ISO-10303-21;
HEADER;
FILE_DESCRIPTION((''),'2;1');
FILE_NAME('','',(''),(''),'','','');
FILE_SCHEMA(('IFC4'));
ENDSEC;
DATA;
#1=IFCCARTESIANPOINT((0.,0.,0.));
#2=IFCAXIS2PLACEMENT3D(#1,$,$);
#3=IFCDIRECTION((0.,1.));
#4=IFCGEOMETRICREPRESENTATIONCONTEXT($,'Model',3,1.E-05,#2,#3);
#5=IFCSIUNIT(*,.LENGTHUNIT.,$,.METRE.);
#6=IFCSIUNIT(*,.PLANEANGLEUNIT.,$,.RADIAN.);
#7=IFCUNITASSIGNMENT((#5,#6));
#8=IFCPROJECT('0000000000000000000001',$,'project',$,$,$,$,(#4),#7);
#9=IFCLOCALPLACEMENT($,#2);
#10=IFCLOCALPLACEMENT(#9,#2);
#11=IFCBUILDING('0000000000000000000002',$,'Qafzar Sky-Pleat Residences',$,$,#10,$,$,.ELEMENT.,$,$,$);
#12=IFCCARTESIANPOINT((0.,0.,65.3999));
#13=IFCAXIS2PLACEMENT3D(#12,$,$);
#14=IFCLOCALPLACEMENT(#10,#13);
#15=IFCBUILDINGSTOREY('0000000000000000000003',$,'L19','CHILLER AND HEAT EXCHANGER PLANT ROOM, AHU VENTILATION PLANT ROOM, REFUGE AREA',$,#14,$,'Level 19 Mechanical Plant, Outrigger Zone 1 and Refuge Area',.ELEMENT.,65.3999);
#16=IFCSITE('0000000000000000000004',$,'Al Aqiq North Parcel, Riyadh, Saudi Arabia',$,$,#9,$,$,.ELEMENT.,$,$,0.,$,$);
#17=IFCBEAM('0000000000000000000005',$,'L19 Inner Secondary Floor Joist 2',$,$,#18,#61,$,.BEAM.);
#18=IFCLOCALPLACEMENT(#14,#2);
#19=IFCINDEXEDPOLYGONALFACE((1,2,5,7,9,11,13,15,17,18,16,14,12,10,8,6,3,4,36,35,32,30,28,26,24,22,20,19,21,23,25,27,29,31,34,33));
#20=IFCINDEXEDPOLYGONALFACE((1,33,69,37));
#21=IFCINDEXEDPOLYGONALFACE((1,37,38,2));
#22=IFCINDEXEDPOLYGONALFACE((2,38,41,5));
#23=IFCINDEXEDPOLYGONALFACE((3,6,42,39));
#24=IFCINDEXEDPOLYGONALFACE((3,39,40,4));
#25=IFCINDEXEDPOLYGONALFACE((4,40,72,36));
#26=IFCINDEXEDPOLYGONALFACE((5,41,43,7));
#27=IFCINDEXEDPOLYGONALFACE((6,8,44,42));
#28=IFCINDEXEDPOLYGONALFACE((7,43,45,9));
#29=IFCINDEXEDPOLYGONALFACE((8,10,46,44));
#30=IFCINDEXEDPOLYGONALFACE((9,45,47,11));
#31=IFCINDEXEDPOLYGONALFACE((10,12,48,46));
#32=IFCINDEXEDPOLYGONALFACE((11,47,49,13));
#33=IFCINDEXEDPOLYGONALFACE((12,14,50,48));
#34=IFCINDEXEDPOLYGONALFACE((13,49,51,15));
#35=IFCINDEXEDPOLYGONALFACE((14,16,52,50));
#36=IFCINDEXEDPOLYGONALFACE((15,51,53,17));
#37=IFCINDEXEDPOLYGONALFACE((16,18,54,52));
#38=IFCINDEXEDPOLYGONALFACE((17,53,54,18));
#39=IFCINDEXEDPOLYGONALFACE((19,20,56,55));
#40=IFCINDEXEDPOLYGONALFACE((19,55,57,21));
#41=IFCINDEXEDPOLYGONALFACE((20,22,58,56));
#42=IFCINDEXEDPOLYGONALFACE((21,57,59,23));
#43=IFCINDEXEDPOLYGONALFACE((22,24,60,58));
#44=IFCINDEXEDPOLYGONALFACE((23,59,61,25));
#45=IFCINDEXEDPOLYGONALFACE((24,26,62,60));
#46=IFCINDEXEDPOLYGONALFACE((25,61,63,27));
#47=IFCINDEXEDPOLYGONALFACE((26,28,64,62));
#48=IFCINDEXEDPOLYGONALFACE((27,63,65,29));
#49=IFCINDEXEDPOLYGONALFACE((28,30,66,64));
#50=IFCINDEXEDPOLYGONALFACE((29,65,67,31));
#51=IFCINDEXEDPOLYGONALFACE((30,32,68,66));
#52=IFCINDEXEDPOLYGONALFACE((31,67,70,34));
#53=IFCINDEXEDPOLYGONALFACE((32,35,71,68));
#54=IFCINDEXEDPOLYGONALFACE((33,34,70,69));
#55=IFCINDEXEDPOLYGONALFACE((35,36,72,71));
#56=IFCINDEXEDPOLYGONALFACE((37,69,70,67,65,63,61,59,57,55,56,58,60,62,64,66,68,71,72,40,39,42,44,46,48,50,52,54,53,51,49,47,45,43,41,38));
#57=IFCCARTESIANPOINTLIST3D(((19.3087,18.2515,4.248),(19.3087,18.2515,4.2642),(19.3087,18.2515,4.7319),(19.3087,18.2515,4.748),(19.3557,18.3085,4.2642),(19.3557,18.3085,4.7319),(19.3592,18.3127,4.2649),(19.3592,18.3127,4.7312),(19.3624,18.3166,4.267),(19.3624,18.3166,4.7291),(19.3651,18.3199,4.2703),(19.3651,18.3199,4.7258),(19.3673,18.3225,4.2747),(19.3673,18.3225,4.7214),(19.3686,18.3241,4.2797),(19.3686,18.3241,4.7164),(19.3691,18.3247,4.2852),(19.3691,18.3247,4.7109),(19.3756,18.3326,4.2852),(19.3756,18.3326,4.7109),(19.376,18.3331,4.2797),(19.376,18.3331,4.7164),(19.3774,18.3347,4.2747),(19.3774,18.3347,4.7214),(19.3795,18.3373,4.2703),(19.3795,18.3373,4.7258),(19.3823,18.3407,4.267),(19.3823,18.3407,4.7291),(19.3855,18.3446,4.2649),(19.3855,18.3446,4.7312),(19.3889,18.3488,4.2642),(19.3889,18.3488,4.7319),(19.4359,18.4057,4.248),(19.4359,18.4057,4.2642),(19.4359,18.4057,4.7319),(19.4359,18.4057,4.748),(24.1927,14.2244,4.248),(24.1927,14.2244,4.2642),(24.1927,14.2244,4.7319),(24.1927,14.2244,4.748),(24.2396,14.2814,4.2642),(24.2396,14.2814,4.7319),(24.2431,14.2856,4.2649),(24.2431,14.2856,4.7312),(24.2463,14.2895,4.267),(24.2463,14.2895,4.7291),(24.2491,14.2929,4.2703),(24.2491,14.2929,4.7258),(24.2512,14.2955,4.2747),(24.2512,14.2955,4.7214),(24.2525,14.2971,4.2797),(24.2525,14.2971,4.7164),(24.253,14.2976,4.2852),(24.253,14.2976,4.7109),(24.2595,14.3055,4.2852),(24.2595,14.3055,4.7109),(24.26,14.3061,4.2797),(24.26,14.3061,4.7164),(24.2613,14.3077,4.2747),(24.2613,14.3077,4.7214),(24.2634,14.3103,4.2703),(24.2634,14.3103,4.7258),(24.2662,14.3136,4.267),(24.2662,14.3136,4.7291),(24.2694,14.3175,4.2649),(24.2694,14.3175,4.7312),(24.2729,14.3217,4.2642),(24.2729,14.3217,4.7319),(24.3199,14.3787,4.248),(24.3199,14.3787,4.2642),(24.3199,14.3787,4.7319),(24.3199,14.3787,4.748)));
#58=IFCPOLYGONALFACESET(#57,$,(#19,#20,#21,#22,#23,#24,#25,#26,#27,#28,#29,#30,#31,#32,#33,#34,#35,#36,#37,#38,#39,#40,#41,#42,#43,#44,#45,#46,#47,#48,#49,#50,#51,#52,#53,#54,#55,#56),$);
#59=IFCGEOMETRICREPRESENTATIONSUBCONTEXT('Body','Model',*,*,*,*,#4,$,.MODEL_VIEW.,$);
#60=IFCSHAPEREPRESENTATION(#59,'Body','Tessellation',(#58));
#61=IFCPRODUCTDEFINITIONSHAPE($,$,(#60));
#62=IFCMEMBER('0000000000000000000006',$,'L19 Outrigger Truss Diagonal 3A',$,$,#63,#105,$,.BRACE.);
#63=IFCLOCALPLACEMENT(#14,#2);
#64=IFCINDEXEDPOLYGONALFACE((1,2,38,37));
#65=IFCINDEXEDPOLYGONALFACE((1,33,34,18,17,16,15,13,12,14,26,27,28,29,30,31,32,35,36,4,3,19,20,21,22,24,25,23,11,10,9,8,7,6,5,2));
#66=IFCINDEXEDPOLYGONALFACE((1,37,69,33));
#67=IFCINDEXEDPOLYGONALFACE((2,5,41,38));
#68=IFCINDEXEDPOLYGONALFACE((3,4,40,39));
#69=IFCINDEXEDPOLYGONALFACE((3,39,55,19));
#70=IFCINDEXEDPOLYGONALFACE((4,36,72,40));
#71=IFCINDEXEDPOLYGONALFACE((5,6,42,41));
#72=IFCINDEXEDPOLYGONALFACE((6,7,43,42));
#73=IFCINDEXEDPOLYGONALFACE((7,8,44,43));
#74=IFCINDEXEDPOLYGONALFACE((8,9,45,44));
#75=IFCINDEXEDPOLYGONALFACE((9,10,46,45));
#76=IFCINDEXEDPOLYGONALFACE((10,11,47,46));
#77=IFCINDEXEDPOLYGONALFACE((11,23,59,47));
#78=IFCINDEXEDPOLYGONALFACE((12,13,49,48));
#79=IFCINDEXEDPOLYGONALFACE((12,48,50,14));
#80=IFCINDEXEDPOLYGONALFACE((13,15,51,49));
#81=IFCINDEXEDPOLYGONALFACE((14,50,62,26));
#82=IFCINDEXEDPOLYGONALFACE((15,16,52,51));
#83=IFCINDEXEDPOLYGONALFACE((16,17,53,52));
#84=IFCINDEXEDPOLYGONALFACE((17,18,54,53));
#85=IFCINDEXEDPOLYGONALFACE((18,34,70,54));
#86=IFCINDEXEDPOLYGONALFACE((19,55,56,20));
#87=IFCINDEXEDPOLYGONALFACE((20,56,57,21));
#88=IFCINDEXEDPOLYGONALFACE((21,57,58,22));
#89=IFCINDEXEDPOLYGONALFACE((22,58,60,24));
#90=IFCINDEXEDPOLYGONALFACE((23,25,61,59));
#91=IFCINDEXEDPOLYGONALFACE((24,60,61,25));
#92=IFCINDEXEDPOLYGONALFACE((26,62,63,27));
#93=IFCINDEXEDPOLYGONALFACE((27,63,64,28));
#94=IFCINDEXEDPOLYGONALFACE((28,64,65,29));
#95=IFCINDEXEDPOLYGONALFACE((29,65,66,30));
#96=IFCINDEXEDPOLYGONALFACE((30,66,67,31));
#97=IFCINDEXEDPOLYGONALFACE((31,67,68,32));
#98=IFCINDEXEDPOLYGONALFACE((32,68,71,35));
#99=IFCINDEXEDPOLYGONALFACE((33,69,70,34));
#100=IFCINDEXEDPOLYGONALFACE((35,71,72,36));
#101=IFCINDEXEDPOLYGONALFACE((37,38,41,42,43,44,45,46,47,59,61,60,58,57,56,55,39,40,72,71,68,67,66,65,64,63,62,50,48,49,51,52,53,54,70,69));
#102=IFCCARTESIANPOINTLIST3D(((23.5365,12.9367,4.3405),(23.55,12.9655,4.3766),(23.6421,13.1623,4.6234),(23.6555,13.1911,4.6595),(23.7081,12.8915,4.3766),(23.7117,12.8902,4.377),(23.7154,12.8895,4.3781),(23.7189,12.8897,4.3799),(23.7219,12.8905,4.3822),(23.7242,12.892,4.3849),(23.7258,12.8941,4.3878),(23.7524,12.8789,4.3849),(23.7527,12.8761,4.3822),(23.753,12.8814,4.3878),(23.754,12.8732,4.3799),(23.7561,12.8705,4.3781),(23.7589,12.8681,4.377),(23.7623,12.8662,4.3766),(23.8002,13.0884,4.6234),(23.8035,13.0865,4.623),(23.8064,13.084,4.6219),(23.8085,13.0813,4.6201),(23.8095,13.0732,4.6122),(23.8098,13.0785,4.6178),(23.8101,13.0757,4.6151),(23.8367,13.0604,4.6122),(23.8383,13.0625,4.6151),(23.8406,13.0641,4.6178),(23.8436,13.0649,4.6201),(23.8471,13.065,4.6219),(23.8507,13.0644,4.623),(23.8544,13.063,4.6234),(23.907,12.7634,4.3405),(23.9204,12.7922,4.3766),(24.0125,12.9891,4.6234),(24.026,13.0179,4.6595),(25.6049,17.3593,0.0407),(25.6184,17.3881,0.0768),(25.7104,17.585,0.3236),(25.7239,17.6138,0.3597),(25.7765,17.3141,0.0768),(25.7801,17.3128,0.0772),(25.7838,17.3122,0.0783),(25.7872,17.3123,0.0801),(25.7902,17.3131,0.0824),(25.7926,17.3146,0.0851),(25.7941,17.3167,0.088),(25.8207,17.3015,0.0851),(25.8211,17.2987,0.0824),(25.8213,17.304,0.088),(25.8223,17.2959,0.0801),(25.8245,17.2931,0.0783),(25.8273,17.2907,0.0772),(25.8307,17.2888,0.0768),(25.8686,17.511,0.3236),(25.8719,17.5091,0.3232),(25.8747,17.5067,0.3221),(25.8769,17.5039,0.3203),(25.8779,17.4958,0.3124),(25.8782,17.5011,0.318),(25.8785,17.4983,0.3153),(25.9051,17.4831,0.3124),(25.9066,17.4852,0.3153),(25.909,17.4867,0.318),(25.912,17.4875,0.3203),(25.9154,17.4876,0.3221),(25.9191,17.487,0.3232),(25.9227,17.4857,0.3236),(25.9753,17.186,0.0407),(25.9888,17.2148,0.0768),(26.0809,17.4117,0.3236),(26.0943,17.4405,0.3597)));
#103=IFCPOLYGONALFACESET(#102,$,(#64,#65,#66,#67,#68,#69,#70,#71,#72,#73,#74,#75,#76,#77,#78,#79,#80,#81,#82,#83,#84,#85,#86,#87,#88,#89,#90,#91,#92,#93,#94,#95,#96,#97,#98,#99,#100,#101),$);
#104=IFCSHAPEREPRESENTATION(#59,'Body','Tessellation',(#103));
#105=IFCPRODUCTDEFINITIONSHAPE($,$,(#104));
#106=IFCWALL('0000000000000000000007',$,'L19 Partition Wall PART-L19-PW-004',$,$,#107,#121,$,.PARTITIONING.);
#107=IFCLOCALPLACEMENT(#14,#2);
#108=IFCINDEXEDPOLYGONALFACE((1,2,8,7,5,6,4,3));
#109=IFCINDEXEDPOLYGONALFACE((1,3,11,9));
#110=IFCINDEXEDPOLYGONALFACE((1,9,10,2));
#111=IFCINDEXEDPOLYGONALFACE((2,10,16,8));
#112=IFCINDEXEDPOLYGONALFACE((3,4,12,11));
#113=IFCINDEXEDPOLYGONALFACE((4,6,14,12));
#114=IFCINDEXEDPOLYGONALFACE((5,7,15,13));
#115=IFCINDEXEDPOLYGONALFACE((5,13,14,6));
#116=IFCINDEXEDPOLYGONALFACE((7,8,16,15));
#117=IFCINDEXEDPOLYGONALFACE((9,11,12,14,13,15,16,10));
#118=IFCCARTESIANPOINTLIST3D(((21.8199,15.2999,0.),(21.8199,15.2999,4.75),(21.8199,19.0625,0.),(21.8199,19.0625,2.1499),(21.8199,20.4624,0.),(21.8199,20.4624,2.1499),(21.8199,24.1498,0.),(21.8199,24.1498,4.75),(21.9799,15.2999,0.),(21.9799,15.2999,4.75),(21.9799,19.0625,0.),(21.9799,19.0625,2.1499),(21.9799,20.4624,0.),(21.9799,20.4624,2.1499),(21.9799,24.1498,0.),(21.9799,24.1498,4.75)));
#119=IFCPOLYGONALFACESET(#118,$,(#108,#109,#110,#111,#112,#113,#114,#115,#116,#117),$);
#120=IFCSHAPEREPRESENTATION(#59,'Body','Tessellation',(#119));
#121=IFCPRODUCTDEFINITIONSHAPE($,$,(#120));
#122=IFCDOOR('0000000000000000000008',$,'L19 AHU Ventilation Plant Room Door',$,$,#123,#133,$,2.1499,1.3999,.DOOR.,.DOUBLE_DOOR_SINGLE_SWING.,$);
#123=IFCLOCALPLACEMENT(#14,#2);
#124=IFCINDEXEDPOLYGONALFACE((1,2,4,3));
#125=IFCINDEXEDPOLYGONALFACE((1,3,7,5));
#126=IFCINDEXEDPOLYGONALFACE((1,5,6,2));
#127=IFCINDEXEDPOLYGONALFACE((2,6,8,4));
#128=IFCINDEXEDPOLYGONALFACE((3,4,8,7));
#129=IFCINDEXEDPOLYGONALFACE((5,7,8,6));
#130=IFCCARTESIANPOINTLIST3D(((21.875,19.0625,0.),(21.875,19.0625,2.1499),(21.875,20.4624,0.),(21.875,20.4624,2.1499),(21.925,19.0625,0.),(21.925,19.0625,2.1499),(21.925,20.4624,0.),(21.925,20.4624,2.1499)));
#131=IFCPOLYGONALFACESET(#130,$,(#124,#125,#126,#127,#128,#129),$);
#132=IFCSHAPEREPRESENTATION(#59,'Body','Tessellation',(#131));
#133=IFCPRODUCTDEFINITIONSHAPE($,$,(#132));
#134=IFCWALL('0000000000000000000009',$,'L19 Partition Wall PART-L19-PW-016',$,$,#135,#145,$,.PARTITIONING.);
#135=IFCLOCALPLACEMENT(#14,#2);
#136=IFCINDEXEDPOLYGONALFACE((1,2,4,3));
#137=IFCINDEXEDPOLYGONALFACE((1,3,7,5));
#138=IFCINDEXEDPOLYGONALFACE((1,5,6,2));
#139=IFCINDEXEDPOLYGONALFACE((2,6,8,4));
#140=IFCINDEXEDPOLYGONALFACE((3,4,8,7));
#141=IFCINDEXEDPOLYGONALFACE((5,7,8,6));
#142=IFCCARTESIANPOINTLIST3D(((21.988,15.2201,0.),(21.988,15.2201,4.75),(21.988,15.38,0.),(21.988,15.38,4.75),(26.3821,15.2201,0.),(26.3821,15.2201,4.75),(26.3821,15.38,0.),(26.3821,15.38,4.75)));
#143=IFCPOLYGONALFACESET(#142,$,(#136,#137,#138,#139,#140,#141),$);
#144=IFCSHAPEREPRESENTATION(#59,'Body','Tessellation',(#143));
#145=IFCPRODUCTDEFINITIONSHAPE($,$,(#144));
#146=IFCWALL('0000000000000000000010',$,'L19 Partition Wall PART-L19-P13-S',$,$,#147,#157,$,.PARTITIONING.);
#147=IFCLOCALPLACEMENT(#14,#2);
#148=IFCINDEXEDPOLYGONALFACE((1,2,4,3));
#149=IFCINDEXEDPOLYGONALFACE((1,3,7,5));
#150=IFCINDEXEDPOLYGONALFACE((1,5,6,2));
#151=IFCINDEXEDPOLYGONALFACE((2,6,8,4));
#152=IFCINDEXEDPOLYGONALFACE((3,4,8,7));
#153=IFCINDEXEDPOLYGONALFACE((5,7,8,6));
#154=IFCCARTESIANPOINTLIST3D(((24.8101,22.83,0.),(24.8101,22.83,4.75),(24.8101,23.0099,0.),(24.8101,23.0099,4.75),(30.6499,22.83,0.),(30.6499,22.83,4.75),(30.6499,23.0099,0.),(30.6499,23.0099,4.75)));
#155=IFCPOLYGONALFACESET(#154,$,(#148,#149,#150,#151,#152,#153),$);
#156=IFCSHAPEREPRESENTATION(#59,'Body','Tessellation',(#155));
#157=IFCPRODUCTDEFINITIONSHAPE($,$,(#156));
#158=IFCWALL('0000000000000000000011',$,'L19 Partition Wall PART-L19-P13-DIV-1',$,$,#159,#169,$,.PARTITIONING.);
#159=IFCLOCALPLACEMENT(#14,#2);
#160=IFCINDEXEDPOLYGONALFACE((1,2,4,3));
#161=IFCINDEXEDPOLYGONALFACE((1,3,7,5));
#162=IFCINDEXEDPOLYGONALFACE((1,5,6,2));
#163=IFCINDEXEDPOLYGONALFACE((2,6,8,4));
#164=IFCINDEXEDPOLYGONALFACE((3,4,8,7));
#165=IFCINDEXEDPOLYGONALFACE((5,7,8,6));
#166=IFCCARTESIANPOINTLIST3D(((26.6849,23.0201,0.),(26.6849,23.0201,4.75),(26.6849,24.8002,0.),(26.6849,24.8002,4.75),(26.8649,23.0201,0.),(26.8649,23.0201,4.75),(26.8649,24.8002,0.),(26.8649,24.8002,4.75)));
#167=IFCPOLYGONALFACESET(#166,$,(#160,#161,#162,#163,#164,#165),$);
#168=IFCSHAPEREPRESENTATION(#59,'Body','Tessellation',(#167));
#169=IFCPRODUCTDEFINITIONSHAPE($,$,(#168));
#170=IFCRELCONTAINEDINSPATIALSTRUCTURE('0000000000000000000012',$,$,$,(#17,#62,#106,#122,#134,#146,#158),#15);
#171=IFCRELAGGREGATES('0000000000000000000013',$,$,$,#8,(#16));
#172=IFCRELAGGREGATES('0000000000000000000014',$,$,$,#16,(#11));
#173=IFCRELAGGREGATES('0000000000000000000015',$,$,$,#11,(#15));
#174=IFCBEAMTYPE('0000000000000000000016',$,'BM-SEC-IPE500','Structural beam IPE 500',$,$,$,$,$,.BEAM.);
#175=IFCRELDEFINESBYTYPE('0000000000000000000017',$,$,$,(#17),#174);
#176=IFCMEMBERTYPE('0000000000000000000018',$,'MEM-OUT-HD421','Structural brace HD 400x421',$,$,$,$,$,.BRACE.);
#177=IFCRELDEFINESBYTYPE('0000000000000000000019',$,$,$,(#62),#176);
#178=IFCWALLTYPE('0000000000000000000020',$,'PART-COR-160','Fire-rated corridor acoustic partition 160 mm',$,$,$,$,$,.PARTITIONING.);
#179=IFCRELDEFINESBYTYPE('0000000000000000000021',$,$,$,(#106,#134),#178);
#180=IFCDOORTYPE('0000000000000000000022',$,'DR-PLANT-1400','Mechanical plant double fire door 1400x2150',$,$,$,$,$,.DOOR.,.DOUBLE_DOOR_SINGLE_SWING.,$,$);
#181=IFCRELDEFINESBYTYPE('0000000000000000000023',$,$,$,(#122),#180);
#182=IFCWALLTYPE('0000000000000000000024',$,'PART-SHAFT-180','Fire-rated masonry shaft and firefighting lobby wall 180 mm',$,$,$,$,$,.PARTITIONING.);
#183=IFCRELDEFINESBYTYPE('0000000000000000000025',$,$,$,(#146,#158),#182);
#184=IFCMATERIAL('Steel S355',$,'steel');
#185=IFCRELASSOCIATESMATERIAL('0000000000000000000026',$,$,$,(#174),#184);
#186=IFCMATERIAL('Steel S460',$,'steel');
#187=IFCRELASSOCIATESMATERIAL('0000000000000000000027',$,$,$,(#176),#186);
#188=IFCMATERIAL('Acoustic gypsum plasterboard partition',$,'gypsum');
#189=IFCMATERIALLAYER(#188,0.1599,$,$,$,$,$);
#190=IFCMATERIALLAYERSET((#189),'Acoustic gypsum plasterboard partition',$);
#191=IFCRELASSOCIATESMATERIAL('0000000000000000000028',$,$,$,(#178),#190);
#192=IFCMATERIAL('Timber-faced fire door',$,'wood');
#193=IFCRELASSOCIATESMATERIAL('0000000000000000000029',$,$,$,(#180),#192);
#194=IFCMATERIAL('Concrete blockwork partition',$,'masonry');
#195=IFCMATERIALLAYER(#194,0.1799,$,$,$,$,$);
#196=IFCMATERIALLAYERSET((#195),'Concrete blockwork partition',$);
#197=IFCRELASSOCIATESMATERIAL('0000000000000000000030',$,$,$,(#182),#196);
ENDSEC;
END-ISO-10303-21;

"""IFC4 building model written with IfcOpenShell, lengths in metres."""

from ifc_helpers import new_model, si_unit, direction, frame, frame_2d, origin, origin_2d, place, context, subcontext, project, spatial, rectangle, i_section, extrude, source, transform, mapped, material, layer, layer_set, material_profile, profile_set, type_object, element, fill, save


model = new_model("IFC4")

# Units and contexts
model_context = context("Model", 3, precision=1e-05, world=origin(), true_north=direction((0.0, 1.0)))
body_context = subcontext(model_context, "Body", "Model", "MODEL_VIEW")
ifc_project = project(units=[si_unit("LENGTHUNIT", "METRE"), si_unit("PLANEANGLEUNIT", "RADIAN")], contexts=[model_context])

# Site, building, storey
site_placement = place(None, origin())
site = spatial("IfcSite", under=ifc_project, at=site_placement, Name="Al Aqiq North Parcel, Riyadh, Saudi Arabia", CompositionType="ELEMENT", RefElevation=0.0)
building_placement = place(site_placement, origin())
building = spatial("IfcBuilding", under=site, at=building_placement, Name="Qafzar Sky-Pleat Residences", CompositionType="ELEMENT")
storey_placement = place(building_placement, frame((0.0, 0.0, 65.3999)))
storey = spatial("IfcBuildingStorey", under=building, at=storey_placement, Name="L19", Description="CHILLER AND HEAT EXCHANGER PLANT ROOM, AHU VENTILATION PLANT ROOM, REFUGE AREA", LongName="Level 19 Mechanical Plant, Outrigger Zone 1 and Refuge Area", CompositionType="ELEMENT", Elevation=65.3999)

# Beam
ifc_material_1 = material(Name="Steel S355", Category="steel")
ifc_material_profile_1 = material_profile(ifc_material_1, i_section(OverallWidth=0.2, OverallDepth=0.5, WebThickness=0.0103, FlangeThickness=0.0161, FilletRadius=0.021, at=origin_2d()), Name="IPE 500")
ifc_profile_set_1 = profile_set([ifc_material_profile_1], Name="Steel S355")
beam_type = type_object("IfcBeamType", Name="BM-SEC-IPE500", Description="Structural beam IPE 500", PredefinedType="BEAM", material=ifc_profile_set_1)
shared_shape_1 = source(origin(), body_context, "Body", "SweptSolid", [
    extrude(i_section(OverallWidth=0.2, OverallDepth=0.5, WebThickness=0.0103, FlangeThickness=0.0161, FilletRadius=0.021, at=origin_2d()), origin(), (0.0, 0.0, 1.0), 6.3301),
])
beam_placement = place(storey_placement, frame((19.3723, 18.3286, 4.498), z_axis=(0.771546, -0.636174, 0.0), x_axis=(0.636174, 0.771546, 0.0)))
element("IfcBeam", 1, at=beam_placement, inside=storey, type_object=beam_type, Name="L19 Inner Secondary Floor Joist 2", PredefinedType="BEAM", context=body_context, shape_type="MappedRepresentation", body=[
    mapped(shared_shape_1, transform((0.0, 0.0, 0.0), x_axis=(1.0, 0.0, 0.0), y_axis=(0.0, 1.0, 0.0), z_axis=(0.0, 0.0, 1.0), scale=1.0)),
])

# Member
ifc_material_2 = material(Name="Steel S460", Category="steel")
ifc_material_profile_2 = material_profile(ifc_material_2, i_section(OverallWidth=0.4089, OverallDepth=0.425, WebThickness=0.03, FlangeThickness=0.0481, FilletRadius=0.0149, at=origin_2d()), Name="HD 400x421")
ifc_profile_set_2 = profile_set([ifc_material_profile_2], Name="Steel S460")
member_type = type_object("IfcMemberType", Name="MEM-OUT-HD421", Description="Structural brace HD 400x421", PredefinedType="BRACE", material=ifc_profile_set_2)
shared_shape_2 = source(origin(), body_context, "Body", "SweptSolid", [
    extrude(i_section(OverallWidth=0.4089, OverallDepth=0.425, WebThickness=0.03, FlangeThickness=0.0481, FilletRadius=0.0149, at=origin_2d()), origin(), (0.0, 0.0, 1.0), 6.5059),
])
member_placement = place(storey_placement, frame((25.8496, 17.3999, 0.2002), z_axis=(-0.317924, -0.679791, 0.660915), x_axis=(0.905832, -0.423638, 0.0)))
element("IfcMember", 2, at=member_placement, inside=storey, type_object=member_type, Name="L19 Outrigger Truss Diagonal 3A", PredefinedType="BRACE", context=body_context, shape_type="MappedRepresentation", body=[
    mapped(shared_shape_2, transform((0.0, 0.0, 0.0), x_axis=(1.0, 0.0, 0.0), y_axis=(0.0, 1.0, 0.0), z_axis=(0.0, 0.0, 1.0), scale=1.0)),
])

# Wall, opening, door
ifc_material_3 = material(Name="Acoustic gypsum plasterboard partition", Category="gypsum")
ifc_layer_1 = layer(ifc_material_3, 0.1599)
ifc_layer_set_1 = layer_set([ifc_layer_1], Name="Acoustic gypsum plasterboard partition")
wall_type_1 = type_object("IfcWallType", Name="PART-COR-160", Description="Fire-rated corridor acoustic partition 160 mm", PredefinedType="PARTITIONING", material=ifc_layer_set_1)
wall_1_placement = place(storey_placement, frame((21.8999, 15.3, 0.0), z_axis=(0.0, 0.0, 1.0), x_axis=(0.0, 1.0, 0.0)))
wall_1 = element("IfcWall", 3, at=wall_1_placement, inside=storey, type_object=wall_type_1, Name="L19 Partition Wall PART-L19-PW-004", PredefinedType="PARTITIONING", context=body_context, shape_type="SweptSolid", body=[
    extrude(rectangle(XDim=8.8499, YDim=0.1599, at=frame_2d((4.4248, 0.0))), origin(), (0.0, 0.0, 1.0), 4.75),
])
opening_1_placement = place(wall_1_placement, frame((3.7625, 0.0, 0.0)))
opening_1 = element("IfcOpeningElement", 4, at=opening_1_placement, cuts=wall_1, PredefinedType="OPENING", context=body_context, shape_type="SweptSolid", body=[
    extrude(rectangle(XDim=1.3999, YDim=2.1499, at=frame_2d((0.7, 1.075))), frame((0.0, 0.0898, 0.0), z_axis=(0.0, -1.0, 0.0), x_axis=(1.0, 0.0, 0.0)), (0.0, 0.0, 1.0), 0.1799),
])
ifc_material_4 = material(Name="Timber-faced fire door", Category="wood")
door_type_1 = type_object("IfcDoorType", Name="DR-PLANT-1400", Description="Mechanical plant double fire door 1400x2150", OperationType="DOUBLE_DOOR_SINGLE_SWING", PredefinedType="DOOR", material=ifc_material_4)
shared_shape_3 = source(origin(), body_context, "Body", "SweptSolid", [
    extrude(rectangle(XDim=1.3999, YDim=2.1499, at=frame_2d((0.7, 1.075))), frame((0.0, 0.0249, 0.0), z_axis=(0.0, -1.0, 0.0), x_axis=(1.0, 0.0, 0.0)), (0.0, 0.0, 1.0), 0.05),
])
door_1_placement = place(opening_1_placement, origin())
door_1 = element("IfcDoor", 5, at=door_1_placement, inside=storey, type_object=door_type_1, Name="L19 AHU Ventilation Plant Room Door", OperationType="DOUBLE_DOOR_SINGLE_SWING", OverallHeight=2.1499, OverallWidth=1.3999, PredefinedType="DOOR", context=body_context, shape_type="MappedRepresentation", body=[
    mapped(shared_shape_3, transform((0.0, 0.0, 0.0), x_axis=(1.0, 0.0, 0.0), y_axis=(0.0, 1.0, 0.0), z_axis=(0.0, 0.0, 1.0), scale=1.0)),
])
fill(opening_1, door_1)

# Walls
wall_2_placement = place(storey_placement, frame((21.988, 15.3, 0.0), z_axis=(0.0, 0.0, 1.0), x_axis=(1.0, 0.0, 0.0)))
element("IfcWall", 6, at=wall_2_placement, inside=storey, type_object=wall_type_1, Name="L19 Partition Wall PART-L19-PW-016", PredefinedType="PARTITIONING", context=body_context, shape_type="SweptSolid", body=[
    extrude(rectangle(XDim=4.394, YDim=0.1599, at=frame_2d((2.197, 0.0))), origin(), (0.0, 0.0, 1.0), 4.75),
])
ifc_material_5 = material(Name="Concrete blockwork partition", Category="masonry")
ifc_layer_2 = layer(ifc_material_5, 0.1799)
ifc_layer_set_2 = layer_set([ifc_layer_2], Name="Concrete blockwork partition")
wall_type_2 = type_object("IfcWallType", Name="PART-SHAFT-180", Description="Fire-rated masonry shaft and firefighting lobby wall 180 mm", PredefinedType="PARTITIONING", material=ifc_layer_set_2)
wall_3_placement = place(storey_placement, frame((24.8101, 22.9199, 0.0), z_axis=(0.0, 0.0, 1.0), x_axis=(1.0, 0.0, 0.0)))
element("IfcWall", 7, at=wall_3_placement, inside=storey, type_object=wall_type_2, Name="L19 Partition Wall PART-L19-P13-S", PredefinedType="PARTITIONING", context=body_context, shape_type="SweptSolid", body=[
    extrude(rectangle(XDim=5.8398, YDim=0.1799, at=frame_2d((2.9199, 0.0))), origin(), (0.0, 0.0, 1.0), 4.75),
])

# Wall
wall_4_placement = place(storey_placement, frame((26.7749, 23.02, 0.0), z_axis=(0.0, 0.0, 1.0), x_axis=(0.0, 1.0, 0.0)))
element("IfcWall", 8, at=wall_4_placement, inside=storey, type_object=wall_type_2, Name="L19 Partition Wall PART-L19-P13-DIV-1", PredefinedType="PARTITIONING", context=body_context, shape_type="SweptSolid", body=[
    extrude(rectangle(XDim=1.78, YDim=0.1799, at=frame_2d((0.8901, 0.0))), origin(), (0.0, 0.0, 1.0), 4.75),
])

save(model, "model.ifc")
